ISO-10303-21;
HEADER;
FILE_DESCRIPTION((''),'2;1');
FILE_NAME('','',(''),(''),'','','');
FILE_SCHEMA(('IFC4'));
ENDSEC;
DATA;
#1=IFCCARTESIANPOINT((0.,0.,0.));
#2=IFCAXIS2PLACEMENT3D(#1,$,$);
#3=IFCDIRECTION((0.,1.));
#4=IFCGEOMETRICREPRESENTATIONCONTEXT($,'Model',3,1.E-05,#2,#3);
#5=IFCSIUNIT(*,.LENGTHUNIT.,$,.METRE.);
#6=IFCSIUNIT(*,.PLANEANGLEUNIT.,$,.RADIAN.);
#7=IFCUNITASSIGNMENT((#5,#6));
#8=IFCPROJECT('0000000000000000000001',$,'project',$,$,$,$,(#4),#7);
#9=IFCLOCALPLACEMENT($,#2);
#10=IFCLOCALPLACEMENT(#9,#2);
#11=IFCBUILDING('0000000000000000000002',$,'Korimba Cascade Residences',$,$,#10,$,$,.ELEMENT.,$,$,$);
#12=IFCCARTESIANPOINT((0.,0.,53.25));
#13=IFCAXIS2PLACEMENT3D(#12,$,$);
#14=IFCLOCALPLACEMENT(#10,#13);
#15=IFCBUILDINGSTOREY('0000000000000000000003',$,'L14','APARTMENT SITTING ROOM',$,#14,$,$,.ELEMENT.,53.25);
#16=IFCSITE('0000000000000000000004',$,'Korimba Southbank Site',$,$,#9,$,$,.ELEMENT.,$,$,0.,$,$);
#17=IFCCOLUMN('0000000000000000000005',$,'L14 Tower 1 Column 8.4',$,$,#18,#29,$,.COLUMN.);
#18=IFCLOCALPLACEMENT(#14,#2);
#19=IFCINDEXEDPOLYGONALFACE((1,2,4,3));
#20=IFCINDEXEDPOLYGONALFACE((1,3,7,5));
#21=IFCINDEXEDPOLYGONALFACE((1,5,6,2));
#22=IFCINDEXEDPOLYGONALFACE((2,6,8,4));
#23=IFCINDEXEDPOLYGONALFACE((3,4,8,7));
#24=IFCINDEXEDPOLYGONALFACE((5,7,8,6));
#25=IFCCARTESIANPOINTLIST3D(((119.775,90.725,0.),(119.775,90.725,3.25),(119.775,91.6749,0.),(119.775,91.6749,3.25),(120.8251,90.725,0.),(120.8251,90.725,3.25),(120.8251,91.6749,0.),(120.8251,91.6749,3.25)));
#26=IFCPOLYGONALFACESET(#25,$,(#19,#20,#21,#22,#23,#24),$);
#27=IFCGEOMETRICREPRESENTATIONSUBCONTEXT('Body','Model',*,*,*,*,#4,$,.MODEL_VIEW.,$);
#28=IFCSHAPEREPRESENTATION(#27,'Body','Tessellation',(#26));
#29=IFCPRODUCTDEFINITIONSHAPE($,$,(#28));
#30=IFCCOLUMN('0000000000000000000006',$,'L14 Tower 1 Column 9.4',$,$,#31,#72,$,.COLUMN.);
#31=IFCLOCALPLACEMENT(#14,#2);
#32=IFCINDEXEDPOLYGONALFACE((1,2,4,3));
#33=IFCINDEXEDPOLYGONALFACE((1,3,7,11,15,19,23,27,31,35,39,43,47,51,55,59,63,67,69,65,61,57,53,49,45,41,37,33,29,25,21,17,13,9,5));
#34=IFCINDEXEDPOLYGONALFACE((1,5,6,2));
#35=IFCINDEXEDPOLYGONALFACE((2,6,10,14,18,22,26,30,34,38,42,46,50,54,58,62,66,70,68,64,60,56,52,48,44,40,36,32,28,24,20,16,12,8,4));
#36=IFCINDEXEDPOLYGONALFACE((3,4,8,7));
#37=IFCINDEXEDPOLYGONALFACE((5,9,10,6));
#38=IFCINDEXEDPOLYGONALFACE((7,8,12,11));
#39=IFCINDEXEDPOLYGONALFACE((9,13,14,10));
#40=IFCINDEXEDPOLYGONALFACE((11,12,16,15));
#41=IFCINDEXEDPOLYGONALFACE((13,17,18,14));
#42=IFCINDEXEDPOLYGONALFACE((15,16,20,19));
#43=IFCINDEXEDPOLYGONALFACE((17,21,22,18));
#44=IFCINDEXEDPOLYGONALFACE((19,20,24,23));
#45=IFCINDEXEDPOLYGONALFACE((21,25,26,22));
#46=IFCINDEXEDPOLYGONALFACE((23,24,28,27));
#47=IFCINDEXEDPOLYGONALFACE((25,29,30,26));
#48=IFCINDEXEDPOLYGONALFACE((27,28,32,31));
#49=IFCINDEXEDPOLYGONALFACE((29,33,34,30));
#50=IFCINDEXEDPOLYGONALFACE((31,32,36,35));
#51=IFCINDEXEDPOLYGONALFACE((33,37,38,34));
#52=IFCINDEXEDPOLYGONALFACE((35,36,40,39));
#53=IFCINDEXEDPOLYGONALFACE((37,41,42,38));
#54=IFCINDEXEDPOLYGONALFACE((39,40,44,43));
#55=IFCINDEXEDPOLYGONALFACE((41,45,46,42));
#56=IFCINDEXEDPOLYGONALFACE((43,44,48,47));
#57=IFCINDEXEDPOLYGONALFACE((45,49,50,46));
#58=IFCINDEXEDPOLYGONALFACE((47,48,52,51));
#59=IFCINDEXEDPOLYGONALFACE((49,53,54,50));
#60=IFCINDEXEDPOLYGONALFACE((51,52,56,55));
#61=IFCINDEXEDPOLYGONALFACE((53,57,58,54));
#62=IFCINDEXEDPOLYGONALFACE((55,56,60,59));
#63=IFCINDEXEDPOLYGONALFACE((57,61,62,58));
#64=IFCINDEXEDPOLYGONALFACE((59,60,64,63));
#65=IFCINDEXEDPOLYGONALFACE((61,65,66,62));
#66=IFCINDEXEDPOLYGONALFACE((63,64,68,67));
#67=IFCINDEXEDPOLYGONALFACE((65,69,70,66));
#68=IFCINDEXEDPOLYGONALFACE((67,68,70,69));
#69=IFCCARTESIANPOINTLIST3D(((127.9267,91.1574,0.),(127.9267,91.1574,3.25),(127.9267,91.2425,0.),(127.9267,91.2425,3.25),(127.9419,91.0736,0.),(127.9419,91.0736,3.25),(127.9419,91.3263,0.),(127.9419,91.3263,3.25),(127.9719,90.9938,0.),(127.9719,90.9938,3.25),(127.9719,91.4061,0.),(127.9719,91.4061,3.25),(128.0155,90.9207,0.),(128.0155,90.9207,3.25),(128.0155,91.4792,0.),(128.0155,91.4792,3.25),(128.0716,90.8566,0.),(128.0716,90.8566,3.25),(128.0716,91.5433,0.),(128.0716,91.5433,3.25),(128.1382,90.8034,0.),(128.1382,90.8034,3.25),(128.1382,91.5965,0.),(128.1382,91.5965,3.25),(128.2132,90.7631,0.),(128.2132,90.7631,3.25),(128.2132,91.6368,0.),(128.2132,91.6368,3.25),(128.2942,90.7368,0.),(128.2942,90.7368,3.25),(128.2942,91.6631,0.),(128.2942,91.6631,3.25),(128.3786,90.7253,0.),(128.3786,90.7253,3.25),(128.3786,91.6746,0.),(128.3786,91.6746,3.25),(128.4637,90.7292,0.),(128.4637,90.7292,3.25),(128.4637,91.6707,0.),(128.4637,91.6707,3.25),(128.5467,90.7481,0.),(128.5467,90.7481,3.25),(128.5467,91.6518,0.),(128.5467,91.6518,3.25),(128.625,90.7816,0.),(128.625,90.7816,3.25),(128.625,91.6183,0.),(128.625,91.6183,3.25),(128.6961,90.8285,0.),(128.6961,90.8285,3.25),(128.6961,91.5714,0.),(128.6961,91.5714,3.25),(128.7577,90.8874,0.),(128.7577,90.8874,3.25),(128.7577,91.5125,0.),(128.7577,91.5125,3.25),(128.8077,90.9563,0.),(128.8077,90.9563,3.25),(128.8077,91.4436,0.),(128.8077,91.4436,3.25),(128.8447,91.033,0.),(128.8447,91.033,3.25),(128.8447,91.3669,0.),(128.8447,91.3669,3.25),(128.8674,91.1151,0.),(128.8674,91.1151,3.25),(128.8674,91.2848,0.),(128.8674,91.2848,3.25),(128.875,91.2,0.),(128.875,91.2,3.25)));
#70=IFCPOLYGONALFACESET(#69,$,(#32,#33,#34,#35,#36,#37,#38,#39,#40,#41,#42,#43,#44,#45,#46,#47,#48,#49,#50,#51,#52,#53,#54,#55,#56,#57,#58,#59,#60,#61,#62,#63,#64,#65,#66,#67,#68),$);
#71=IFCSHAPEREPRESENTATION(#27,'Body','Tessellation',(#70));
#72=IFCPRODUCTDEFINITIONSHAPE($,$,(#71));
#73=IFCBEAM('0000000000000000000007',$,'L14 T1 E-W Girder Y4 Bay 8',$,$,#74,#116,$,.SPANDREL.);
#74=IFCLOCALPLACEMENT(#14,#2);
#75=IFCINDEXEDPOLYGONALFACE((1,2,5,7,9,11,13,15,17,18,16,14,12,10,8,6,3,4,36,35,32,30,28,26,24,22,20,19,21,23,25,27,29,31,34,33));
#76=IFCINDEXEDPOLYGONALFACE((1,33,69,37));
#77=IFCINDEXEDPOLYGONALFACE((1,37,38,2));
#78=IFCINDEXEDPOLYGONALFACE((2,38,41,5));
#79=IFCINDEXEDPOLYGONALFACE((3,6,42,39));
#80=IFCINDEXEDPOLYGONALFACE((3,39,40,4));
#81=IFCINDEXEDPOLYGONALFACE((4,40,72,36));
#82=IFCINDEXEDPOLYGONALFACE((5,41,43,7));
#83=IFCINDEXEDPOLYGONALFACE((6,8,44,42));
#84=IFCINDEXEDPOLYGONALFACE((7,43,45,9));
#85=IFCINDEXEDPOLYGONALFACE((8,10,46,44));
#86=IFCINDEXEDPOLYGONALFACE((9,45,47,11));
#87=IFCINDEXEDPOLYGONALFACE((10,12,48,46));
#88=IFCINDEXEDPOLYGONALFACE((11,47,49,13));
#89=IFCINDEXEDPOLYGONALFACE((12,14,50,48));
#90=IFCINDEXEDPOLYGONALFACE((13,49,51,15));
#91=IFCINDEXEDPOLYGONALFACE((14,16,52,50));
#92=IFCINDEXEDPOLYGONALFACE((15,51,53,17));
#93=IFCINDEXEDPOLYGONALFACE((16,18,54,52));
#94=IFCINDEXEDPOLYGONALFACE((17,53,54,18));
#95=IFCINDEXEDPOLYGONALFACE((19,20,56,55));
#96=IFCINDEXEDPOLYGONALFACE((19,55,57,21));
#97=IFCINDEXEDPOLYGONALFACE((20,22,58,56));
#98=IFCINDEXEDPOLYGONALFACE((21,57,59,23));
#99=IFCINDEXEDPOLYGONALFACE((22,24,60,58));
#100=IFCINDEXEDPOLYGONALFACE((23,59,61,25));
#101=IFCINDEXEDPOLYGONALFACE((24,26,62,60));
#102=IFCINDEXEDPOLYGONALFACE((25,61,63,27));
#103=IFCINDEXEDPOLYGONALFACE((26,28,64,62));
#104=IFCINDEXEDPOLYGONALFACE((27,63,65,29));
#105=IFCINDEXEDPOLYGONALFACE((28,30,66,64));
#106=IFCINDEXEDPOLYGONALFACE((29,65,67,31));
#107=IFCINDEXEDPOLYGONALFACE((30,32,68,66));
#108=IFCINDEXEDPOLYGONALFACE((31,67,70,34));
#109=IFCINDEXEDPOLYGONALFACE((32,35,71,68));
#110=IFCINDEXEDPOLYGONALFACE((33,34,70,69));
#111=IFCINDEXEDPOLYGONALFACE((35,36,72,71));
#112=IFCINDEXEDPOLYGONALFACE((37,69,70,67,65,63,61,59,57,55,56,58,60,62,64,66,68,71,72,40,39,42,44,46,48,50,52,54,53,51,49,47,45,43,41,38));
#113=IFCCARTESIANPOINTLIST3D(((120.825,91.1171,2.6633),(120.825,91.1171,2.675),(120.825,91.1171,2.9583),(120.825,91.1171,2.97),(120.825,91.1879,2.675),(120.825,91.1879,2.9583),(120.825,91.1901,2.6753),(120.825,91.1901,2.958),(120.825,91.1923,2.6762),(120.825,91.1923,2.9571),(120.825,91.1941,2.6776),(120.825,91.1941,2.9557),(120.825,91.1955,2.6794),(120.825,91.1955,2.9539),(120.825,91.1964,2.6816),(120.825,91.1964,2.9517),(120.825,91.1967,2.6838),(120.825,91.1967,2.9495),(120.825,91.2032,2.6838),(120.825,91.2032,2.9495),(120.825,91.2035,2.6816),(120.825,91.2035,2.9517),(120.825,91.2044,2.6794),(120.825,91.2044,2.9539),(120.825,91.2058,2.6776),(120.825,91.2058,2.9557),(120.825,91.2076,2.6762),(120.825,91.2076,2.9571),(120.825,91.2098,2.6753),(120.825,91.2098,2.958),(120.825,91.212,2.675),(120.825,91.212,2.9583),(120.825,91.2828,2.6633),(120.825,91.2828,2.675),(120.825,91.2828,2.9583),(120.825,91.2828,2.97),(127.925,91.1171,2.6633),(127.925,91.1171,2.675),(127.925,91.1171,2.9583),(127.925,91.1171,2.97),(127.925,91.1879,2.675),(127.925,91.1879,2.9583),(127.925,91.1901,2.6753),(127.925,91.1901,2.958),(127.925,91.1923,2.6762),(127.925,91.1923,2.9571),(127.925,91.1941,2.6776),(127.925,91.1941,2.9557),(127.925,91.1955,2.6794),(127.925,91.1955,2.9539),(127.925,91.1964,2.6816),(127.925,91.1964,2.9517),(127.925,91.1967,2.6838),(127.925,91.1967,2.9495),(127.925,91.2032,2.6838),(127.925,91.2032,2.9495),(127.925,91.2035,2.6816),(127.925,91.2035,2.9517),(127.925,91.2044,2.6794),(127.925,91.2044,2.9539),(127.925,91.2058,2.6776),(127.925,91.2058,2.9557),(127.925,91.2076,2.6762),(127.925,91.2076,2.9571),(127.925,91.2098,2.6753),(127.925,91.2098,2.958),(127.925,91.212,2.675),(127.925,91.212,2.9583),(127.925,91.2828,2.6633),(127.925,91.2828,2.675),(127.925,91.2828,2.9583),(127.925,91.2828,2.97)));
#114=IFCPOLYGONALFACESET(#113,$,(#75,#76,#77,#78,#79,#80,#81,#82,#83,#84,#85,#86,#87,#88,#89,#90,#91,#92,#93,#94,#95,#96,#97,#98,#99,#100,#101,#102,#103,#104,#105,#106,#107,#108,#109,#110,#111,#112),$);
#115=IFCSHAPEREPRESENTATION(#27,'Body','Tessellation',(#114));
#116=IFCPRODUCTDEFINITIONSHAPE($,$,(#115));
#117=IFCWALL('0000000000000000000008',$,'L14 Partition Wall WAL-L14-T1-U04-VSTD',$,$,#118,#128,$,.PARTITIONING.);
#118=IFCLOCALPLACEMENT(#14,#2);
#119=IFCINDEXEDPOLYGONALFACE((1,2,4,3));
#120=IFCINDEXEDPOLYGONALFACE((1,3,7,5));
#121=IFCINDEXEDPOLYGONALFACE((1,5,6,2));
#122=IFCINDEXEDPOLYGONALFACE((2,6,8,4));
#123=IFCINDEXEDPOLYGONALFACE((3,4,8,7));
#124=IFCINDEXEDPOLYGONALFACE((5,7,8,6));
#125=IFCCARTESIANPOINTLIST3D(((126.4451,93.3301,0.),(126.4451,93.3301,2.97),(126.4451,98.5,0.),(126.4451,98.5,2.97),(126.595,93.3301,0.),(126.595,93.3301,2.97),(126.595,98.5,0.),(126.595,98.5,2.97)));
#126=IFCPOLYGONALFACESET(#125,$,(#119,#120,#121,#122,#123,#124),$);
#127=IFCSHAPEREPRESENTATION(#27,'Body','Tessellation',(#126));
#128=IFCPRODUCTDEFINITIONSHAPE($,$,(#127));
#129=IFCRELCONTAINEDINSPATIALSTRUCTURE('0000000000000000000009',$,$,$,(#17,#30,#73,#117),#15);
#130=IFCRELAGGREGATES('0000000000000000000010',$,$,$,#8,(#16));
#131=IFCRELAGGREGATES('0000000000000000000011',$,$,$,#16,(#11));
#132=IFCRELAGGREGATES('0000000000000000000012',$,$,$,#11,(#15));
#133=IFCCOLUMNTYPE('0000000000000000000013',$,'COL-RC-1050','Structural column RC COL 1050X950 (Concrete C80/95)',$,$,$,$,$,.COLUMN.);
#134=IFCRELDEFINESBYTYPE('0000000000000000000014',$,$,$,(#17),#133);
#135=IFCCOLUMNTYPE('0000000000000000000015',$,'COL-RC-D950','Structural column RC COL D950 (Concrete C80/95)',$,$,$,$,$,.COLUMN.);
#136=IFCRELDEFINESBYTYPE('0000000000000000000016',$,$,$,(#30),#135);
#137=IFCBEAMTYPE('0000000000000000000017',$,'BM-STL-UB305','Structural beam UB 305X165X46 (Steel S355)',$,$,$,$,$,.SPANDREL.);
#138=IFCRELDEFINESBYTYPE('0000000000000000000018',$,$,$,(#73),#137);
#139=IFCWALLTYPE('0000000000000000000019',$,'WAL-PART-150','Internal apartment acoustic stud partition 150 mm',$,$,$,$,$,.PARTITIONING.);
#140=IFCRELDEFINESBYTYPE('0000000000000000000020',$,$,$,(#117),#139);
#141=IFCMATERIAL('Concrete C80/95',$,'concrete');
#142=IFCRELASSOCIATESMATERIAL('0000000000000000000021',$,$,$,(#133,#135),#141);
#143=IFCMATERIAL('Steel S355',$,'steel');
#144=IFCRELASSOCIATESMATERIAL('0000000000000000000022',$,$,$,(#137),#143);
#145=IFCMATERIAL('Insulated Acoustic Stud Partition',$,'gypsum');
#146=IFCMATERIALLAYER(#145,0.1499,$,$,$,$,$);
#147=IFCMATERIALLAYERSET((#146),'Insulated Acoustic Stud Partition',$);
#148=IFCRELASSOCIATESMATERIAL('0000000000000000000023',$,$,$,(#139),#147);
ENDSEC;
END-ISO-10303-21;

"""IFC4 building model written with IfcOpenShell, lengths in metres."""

from ifc_helpers import new_model, si_unit, direction, frame, frame_2d, origin, origin_2d, place, context, subcontext, project, spatial, rectangle, circle, i_section, extrude, material, layer, layer_set, material_profile, profile_set, type_object, element, save


model = new_model("IFC4")

# Units and contexts
model_context = context("Model", 3, precision=1e-05, world=origin(), true_north=direction((0.0, 1.0)))
body_context = subcontext(model_context, "Body", "Model", "MODEL_VIEW")
ifc_project = project(units=[si_unit("LENGTHUNIT", "METRE"), si_unit("PLANEANGLEUNIT", "RADIAN")], contexts=[model_context])

# Site, building, storey
site_placement = place(None, origin())
site = spatial("IfcSite", under=ifc_project, at=site_placement, Name="Korimba Southbank Site", CompositionType="ELEMENT", RefElevation=0.0)
building_placement = place(site_placement, origin())
building = spatial("IfcBuilding", under=site, at=building_placement, Name="Korimba Cascade Residences", CompositionType="ELEMENT")
storey_placement = place(building_placement, frame((0.0, 0.0, 53.25)))
storey = spatial("IfcBuildingStorey", under=building, at=storey_placement, Name="L14", Description="APARTMENT SITTING ROOM", CompositionType="ELEMENT", Elevation=53.25)

# Columns
ifc_material_1 = material(Name="Concrete C80/95", Category="concrete")
ifc_material_profile_1 = material_profile(ifc_material_1, rectangle(XDim=1.05, YDim=0.95, at=origin_2d()), Name="Concrete C80/95")
ifc_profile_set_1 = profile_set([ifc_material_profile_1], Name="Concrete C80/95")
column_type_1 = type_object("IfcColumnType", Name="COL-RC-1050", Description="Structural column RC COL 1050X950 (Concrete C80/95)", PredefinedType="COLUMN", material=ifc_profile_set_1)
column_1_placement = place(storey_placement, frame((120.3, 91.2, 0.0), z_axis=(0.0, 0.0, 1.0), x_axis=(1.0, 0.0, 0.0)))
element("IfcColumn", 1, at=column_1_placement, inside=storey, type_object=column_type_1, Name="L14 Tower 1 Column 8.4", PredefinedType="COLUMN", context=body_context, shape_type="SweptSolid", body=[
    extrude(rectangle(XDim=1.05, YDim=0.95, at=origin_2d()), origin(), (0.0, 0.0, 1.0), 3.25),
])
ifc_material_profile_2 = material_profile(ifc_material_1, circle(Radius=0.4751, at=origin_2d()), Name="Concrete C80/95")
ifc_profile_set_2 = profile_set([ifc_material_profile_2], Name="Concrete C80/95")
column_type_2 = type_object("IfcColumnType", Name="COL-RC-D950", Description="Structural column RC COL D950 (Concrete C80/95)", PredefinedType="COLUMN", material=ifc_profile_set_2)
column_2_placement = place(storey_placement, frame((128.3999, 91.2, 0.0), z_axis=(0.0, 0.0, 1.0), x_axis=(1.0, 0.0, 0.0)))
element("IfcColumn", 2, at=column_2_placement, inside=storey, type_object=column_type_2, Name="L14 Tower 1 Column 9.4", PredefinedType="COLUMN", context=body_context, shape_type="SweptSolid", body=[
    extrude(circle(Radius=0.4751, at=origin_2d()), origin(), (0.0, 0.0, 1.0), 3.25),
])

# Beam
ifc_material_2 = material(Name="Steel S355", Category="steel")
ifc_material_profile_3 = material_profile(ifc_material_2, i_section(OverallWidth=0.1658, OverallDepth=0.3066, WebThickness=0.0066, FlangeThickness=0.0117, FilletRadius=0.0088, at=origin_2d()), Name="Steel S355")
ifc_profile_set_3 = profile_set([ifc_material_profile_3], Name="Steel S355")
beam_type = type_object("IfcBeamType", Name="BM-STL-UB305", Description="Structural beam UB 305X165X46 (Steel S355)", PredefinedType="SPANDREL", material=ifc_profile_set_3)
beam_placement = place(storey_placement, frame((120.825, 91.2, 2.8167), z_axis=(1.0, 0.0, 0.0), x_axis=(0.0, 1.0, 0.0)))
element("IfcBeam", 3, at=beam_placement, inside=storey, type_object=beam_type, Name="L14 T1 E-W Girder Y4 Bay 8", PredefinedType="SPANDREL", context=body_context, shape_type="SweptSolid", body=[
    extrude(i_section(OverallWidth=0.1658, OverallDepth=0.3066, WebThickness=0.0066, FlangeThickness=0.0117, FilletRadius=0.0088, at=origin_2d()), origin(), (0.0, 0.0, 1.0), 7.1001),
])

# Wall
ifc_material_3 = material(Name="Insulated Acoustic Stud Partition", Category="gypsum")
ifc_layer = layer(ifc_material_3, 0.1499)
ifc_layer_set = layer_set([ifc_layer], Name="Insulated Acoustic Stud Partition")
wall_type = type_object("IfcWallType", Name="WAL-PART-150", Description="Internal apartment acoustic stud partition 150 mm", PredefinedType="PARTITIONING", material=ifc_layer_set)
wall_1_placement = place(storey_placement, frame((126.52, 93.3301, 0.0), z_axis=(0.0, 0.0, 1.0), x_axis=(0.0, 1.0, 0.0)))
element("IfcWall", 4, at=wall_1_placement, inside=storey, type_object=wall_type, Name="L14 Partition Wall WAL-L14-T1-U04-VSTD", PredefinedType="PARTITIONING", context=body_context, shape_type="SweptSolid", body=[
    extrude(rectangle(XDim=5.1699, YDim=0.1499, at=frame_2d((2.585, 0.0))), origin(), (0.0, 0.0, 1.0), 2.97),
])

save(model, "model.ifc")
